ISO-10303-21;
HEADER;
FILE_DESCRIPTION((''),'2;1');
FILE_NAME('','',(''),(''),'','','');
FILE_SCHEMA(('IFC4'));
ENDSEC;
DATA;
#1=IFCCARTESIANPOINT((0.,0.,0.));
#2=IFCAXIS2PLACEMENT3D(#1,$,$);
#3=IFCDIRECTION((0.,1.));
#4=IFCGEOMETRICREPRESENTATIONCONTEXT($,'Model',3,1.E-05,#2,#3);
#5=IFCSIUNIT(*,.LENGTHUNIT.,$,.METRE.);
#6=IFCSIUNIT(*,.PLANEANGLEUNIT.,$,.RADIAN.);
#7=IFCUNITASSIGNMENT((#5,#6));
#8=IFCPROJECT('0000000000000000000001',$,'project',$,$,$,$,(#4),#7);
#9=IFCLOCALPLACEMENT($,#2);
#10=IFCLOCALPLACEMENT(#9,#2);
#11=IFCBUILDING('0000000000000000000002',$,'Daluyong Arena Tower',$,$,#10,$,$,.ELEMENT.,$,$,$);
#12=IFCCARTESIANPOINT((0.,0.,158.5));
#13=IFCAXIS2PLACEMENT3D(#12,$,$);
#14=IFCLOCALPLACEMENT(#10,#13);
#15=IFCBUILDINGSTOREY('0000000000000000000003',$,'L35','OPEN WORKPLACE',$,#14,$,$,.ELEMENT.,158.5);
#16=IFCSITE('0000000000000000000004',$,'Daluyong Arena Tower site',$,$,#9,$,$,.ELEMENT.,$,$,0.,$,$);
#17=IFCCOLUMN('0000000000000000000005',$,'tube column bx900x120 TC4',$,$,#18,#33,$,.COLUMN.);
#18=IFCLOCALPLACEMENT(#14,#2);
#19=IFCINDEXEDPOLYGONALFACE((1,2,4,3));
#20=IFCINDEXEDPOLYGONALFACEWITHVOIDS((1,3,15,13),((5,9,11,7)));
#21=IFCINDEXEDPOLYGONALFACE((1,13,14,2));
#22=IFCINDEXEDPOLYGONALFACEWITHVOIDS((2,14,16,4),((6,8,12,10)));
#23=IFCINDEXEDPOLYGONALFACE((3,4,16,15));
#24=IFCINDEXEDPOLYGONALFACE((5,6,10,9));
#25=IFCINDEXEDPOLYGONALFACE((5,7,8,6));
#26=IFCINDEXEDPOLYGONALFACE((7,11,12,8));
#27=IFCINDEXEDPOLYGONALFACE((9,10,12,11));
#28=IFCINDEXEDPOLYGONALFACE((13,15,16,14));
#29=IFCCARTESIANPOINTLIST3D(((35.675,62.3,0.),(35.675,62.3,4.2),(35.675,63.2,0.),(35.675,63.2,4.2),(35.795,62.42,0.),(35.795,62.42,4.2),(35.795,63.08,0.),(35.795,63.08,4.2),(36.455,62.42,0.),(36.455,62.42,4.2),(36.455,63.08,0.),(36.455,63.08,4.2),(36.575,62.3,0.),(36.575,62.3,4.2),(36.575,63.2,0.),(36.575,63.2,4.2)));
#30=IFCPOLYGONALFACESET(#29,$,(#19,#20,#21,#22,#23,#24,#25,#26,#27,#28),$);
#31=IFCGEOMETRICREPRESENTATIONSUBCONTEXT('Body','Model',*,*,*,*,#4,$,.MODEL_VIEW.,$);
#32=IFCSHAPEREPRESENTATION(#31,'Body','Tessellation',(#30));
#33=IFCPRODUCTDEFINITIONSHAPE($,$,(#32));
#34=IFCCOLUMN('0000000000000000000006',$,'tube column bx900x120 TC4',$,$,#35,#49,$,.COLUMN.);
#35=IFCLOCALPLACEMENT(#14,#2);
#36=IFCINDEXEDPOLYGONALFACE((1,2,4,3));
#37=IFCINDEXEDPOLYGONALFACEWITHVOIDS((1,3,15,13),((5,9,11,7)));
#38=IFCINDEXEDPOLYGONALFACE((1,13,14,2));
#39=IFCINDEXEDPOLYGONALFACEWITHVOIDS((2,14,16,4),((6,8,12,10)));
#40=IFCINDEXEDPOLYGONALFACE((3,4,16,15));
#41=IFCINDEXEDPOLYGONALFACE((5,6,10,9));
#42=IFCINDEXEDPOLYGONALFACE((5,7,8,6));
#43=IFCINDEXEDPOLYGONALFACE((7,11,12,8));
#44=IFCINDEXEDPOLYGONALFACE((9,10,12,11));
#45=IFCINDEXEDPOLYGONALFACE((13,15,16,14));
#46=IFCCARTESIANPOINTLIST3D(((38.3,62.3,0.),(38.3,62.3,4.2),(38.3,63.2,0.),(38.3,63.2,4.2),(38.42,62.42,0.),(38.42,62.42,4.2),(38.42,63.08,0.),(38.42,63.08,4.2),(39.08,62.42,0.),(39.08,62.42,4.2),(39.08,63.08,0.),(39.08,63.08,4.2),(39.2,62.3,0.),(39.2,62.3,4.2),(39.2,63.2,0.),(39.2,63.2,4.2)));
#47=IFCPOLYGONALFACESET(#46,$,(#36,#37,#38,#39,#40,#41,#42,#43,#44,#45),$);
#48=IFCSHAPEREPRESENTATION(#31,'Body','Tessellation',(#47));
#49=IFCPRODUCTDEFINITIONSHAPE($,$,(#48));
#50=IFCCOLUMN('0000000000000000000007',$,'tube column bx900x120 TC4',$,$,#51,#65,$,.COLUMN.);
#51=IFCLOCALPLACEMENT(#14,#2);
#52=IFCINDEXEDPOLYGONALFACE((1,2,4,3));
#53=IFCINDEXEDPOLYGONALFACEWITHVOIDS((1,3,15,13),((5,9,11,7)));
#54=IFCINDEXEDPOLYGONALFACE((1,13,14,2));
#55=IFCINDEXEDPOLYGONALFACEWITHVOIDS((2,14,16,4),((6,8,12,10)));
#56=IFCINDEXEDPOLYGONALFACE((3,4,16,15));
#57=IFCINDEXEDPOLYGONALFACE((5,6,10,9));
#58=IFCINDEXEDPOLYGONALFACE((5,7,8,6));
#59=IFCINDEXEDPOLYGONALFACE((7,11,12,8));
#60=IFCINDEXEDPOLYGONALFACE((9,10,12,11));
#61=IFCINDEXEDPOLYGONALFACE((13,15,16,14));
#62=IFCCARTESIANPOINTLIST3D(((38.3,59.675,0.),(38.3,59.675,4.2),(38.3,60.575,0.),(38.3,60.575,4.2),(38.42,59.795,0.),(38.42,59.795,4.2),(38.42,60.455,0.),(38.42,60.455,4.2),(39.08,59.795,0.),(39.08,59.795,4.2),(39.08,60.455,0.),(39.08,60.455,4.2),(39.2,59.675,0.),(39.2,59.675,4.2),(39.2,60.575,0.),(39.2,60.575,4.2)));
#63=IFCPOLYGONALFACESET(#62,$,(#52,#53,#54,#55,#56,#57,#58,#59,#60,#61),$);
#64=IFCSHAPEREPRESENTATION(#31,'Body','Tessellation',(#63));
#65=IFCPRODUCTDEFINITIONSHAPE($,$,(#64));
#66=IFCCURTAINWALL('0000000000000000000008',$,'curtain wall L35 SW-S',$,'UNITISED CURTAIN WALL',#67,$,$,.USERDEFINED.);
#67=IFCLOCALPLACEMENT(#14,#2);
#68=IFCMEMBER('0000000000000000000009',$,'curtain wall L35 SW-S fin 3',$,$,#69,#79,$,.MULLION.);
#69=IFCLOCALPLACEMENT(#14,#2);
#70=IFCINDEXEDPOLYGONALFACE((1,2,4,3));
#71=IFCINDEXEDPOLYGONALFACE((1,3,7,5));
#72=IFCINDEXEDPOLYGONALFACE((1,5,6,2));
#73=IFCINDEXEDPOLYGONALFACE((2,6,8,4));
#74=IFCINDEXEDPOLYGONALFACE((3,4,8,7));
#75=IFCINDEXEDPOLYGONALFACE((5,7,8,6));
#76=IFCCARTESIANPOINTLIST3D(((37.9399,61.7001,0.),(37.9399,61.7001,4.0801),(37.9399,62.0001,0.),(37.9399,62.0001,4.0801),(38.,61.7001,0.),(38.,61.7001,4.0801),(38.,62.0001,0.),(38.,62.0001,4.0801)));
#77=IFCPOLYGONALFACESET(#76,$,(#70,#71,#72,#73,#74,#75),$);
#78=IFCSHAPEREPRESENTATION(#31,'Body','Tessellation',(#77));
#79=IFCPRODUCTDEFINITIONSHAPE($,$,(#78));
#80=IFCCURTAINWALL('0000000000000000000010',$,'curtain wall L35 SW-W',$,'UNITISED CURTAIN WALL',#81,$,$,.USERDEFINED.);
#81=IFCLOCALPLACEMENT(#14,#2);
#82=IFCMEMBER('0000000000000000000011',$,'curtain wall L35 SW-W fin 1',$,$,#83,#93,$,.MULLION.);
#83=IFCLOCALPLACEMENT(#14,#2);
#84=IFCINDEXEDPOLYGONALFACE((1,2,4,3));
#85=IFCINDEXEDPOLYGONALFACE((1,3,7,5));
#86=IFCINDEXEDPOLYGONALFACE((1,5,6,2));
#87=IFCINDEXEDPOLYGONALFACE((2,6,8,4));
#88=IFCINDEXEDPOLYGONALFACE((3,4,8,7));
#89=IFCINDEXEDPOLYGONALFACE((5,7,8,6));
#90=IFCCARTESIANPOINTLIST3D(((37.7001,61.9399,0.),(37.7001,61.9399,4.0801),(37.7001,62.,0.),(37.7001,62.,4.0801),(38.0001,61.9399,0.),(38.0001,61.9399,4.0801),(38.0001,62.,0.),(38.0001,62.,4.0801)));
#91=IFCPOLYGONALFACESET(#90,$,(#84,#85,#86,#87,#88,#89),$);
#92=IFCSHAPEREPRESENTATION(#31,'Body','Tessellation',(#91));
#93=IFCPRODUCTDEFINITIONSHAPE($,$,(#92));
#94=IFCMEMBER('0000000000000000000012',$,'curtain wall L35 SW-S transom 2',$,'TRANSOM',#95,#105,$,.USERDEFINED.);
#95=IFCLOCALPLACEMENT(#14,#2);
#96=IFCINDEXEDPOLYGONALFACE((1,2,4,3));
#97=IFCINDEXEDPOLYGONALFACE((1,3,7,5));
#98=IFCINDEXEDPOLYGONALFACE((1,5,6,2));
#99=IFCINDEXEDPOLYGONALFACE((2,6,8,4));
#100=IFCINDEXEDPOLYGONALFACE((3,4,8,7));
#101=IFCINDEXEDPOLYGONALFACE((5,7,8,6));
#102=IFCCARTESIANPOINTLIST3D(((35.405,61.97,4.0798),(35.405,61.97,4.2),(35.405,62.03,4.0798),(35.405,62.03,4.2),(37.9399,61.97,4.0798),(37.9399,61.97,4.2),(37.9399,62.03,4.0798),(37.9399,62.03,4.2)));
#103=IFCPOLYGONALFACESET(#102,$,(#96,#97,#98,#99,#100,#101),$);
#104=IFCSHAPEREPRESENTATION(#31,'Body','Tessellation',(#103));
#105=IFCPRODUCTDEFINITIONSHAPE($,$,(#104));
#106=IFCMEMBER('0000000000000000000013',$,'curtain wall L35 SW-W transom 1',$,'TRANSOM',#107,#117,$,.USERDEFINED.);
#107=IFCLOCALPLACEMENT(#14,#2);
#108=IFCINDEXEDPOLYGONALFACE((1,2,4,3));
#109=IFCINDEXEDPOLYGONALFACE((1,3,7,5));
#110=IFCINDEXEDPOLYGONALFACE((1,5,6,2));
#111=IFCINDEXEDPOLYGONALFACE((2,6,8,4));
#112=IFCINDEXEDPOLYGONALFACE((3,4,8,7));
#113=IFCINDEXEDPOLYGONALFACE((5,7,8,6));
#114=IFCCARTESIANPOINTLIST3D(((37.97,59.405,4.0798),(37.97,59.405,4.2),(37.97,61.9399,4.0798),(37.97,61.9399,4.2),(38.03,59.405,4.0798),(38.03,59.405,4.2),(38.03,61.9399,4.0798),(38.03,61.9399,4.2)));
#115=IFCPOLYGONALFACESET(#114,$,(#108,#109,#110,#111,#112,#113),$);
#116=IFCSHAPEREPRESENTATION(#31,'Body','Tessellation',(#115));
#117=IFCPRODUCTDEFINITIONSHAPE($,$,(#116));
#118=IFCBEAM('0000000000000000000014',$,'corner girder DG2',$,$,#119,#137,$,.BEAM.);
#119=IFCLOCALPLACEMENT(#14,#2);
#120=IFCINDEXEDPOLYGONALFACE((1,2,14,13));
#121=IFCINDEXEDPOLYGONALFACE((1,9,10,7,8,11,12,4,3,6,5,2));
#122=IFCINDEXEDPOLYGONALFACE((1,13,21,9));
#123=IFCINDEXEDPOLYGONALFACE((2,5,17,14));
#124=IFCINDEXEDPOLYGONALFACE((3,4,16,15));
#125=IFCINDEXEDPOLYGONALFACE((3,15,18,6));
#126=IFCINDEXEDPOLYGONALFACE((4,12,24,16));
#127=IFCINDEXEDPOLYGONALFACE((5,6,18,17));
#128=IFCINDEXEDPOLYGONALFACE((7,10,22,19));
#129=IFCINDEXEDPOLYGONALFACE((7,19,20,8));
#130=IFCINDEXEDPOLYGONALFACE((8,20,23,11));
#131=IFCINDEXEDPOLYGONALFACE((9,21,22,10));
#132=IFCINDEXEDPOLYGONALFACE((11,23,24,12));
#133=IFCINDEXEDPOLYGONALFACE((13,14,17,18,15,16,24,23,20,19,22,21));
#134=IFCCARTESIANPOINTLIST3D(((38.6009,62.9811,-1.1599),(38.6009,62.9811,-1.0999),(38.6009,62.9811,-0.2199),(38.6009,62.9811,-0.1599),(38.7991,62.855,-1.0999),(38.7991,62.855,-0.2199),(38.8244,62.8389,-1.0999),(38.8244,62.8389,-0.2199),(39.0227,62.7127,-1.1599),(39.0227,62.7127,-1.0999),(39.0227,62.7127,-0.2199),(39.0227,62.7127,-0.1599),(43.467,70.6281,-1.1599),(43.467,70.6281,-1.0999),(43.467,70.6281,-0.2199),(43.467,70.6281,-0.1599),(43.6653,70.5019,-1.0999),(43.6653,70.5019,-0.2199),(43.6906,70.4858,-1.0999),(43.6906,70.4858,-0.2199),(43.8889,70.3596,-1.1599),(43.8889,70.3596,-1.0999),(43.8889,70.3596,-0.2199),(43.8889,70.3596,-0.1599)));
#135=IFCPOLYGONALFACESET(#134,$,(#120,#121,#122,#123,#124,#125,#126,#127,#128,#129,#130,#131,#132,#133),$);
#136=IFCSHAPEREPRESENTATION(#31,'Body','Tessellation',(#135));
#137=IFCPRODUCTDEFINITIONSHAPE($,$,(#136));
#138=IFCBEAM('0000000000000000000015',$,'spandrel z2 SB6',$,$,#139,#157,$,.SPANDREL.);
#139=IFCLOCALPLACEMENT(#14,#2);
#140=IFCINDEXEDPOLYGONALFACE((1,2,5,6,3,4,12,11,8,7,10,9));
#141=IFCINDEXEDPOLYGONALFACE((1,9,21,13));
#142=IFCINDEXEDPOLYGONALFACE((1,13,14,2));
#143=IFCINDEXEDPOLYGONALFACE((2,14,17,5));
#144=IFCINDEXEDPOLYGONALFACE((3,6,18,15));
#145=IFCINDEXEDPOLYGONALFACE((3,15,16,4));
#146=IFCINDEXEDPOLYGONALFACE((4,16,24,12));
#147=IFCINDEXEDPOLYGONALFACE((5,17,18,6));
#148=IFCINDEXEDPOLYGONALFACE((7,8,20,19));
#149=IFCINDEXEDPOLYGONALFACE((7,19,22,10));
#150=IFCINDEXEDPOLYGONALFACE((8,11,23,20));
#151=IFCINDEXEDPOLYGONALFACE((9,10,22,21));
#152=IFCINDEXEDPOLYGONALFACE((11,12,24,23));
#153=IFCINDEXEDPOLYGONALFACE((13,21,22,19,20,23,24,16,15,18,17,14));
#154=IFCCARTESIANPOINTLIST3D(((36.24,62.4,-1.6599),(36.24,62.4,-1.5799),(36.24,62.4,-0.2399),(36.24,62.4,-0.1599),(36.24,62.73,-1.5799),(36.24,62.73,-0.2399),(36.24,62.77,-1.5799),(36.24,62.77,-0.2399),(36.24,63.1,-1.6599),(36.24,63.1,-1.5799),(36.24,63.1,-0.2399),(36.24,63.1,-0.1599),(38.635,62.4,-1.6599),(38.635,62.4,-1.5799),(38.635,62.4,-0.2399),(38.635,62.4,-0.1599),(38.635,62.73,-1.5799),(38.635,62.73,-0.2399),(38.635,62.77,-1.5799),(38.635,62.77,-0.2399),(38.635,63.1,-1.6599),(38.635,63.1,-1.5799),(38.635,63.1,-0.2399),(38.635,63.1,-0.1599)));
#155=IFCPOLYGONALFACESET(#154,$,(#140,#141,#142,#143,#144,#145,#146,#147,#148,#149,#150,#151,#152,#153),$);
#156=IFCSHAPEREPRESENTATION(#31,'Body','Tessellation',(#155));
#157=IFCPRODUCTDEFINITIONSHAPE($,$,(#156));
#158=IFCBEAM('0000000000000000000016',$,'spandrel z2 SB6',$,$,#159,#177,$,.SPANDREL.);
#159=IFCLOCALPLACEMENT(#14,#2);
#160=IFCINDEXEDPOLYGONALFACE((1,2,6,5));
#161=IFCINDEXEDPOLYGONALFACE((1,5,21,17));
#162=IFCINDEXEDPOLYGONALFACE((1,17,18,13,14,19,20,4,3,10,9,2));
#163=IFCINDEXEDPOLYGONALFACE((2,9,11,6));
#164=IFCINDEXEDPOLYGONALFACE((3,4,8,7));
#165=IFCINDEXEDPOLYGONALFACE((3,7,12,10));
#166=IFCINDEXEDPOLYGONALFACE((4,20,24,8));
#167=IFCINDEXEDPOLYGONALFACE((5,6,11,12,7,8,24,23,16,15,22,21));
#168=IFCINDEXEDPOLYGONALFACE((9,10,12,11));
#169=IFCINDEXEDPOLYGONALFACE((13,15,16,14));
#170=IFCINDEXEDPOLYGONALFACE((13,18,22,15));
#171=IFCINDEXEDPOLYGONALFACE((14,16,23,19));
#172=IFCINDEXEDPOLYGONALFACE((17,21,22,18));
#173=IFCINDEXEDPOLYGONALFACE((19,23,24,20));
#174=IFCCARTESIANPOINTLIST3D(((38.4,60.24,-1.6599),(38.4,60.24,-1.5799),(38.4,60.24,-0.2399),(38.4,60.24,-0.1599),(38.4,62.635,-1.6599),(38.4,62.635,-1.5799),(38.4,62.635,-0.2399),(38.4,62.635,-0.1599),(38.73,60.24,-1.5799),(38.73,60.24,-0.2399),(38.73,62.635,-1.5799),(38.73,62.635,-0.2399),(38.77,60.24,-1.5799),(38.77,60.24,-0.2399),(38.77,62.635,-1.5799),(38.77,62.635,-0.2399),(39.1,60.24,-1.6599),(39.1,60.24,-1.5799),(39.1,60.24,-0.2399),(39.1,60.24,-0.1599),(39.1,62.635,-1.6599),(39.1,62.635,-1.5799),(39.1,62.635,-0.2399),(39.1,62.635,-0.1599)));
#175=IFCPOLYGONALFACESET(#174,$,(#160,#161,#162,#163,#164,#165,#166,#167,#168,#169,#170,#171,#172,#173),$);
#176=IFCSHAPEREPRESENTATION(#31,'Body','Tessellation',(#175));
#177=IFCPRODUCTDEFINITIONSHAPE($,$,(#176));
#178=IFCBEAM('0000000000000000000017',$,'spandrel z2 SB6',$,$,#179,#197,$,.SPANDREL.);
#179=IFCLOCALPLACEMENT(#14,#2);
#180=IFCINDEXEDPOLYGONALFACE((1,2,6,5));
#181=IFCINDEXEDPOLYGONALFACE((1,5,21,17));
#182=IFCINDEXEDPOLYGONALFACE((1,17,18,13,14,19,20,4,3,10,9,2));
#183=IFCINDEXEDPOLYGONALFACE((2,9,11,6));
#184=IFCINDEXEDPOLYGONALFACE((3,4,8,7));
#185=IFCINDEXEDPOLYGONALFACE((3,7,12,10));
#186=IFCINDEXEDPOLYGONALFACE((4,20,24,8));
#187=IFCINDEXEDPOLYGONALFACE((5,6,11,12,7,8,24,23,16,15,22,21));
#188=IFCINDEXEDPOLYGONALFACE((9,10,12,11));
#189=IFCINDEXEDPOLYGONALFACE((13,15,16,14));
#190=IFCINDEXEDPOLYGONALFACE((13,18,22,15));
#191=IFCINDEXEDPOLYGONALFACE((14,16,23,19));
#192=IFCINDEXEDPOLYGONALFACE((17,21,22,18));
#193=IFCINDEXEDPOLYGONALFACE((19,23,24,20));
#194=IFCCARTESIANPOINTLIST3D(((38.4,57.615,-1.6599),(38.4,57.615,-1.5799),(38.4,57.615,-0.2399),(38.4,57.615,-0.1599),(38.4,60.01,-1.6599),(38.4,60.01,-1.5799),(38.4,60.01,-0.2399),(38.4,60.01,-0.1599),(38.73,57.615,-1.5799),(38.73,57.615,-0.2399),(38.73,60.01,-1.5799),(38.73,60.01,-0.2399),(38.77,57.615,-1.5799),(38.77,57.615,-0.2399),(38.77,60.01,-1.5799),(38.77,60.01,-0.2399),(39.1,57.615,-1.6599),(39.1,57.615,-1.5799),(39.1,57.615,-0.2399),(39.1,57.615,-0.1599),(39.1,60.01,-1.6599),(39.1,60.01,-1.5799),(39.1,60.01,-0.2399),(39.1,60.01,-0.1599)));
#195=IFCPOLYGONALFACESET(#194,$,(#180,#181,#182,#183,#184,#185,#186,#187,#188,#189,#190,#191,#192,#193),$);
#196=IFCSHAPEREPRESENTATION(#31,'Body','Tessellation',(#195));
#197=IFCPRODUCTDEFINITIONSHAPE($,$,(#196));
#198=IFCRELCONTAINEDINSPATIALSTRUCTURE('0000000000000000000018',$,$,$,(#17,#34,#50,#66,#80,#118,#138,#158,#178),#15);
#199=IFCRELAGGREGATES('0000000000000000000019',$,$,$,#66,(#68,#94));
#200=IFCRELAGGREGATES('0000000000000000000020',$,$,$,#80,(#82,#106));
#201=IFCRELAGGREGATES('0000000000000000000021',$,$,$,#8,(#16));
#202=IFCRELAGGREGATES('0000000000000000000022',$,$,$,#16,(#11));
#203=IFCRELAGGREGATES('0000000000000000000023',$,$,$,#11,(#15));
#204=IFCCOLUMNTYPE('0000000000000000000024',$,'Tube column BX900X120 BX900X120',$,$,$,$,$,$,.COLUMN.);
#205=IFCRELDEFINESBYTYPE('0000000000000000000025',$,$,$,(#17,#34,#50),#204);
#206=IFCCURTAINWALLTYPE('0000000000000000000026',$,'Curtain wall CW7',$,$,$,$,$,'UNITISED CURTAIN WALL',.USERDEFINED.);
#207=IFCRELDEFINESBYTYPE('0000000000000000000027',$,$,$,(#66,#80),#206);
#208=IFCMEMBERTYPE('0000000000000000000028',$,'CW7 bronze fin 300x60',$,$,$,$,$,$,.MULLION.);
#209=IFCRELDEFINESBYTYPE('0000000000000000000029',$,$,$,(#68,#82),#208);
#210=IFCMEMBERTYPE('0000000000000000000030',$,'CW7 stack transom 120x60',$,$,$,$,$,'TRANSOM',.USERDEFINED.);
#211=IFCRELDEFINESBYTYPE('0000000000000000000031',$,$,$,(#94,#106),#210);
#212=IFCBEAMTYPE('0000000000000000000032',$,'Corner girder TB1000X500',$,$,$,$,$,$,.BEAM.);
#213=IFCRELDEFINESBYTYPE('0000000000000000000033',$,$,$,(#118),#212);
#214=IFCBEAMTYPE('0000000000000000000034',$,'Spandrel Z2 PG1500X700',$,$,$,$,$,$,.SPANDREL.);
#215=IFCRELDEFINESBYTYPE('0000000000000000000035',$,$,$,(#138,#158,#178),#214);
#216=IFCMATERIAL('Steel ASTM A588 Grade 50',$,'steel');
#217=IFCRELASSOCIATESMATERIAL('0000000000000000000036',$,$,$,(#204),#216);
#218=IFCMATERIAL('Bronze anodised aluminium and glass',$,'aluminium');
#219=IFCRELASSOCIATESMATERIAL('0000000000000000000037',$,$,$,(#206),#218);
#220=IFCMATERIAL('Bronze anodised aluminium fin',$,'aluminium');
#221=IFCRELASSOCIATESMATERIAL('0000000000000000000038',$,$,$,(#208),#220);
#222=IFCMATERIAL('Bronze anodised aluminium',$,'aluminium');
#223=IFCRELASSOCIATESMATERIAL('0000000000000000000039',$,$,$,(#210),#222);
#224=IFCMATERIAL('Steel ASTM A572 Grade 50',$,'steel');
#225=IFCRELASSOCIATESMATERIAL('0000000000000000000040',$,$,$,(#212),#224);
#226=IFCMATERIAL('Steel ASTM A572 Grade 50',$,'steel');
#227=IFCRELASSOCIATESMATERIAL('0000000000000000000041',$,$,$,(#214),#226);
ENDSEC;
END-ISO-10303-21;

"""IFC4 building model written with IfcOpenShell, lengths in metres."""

from ifc_helpers import new_model, si_unit, direction, frame, origin, origin_2d, place, context, subcontext, project, spatial, rectangle, hollow_rectangle, i_section, extrude, material, material_profile, profile_set, type_object, element, aggregate, save


model = new_model("IFC4")

# Units and contexts
model_context = context("Model", 3, precision=1e-05, world=origin(), true_north=direction((0.0, 1.0)))
body_context = subcontext(model_context, "Body", "Model", "MODEL_VIEW")
ifc_project = project(units=[si_unit("LENGTHUNIT", "METRE"), si_unit("PLANEANGLEUNIT", "RADIAN")], contexts=[model_context])

# Site, building, storey
site_placement = place(None, origin())
site = spatial("IfcSite", under=ifc_project, at=site_placement, Name="Daluyong Arena Tower site", CompositionType="ELEMENT", RefElevation=0.0)
building_placement = place(site_placement, origin())
building = spatial("IfcBuilding", under=site, at=building_placement, Name="Daluyong Arena Tower", CompositionType="ELEMENT")
storey_placement = place(building_placement, frame((0.0, 0.0, 158.5)))
storey = spatial("IfcBuildingStorey", under=building, at=storey_placement, Name="L35", Description="OPEN WORKPLACE", CompositionType="ELEMENT", Elevation=158.5)

# Columns
ifc_material_1 = material(Name="Steel ASTM A588 Grade 50", Category="steel")
ifc_material_profile_1 = material_profile(ifc_material_1, hollow_rectangle(XDim=0.8999, YDim=0.8999, WallThickness=0.12, at=origin_2d()))
ifc_profile_set_1 = profile_set([ifc_material_profile_1], Name="Steel ASTM A588 Grade 50")
column_type = type_object("IfcColumnType", Name="Tube column BX900X120 BX900X120", PredefinedType="COLUMN", material=ifc_profile_set_1)
for number, where, z_axis, x_axis, name in (
    (1, (36.125, 62.75, 0.0), (0.0, 0.0, 1.0), (1.0, 0.0, 0.0), "tube column bx900x120 TC4"),
    (2, (38.75, 62.75, 0.0), (0.0, 0.0, 1.0), (0.0, 1.0, 0.0), "tube column bx900x120 TC4"),
    (3, (38.75, 60.125, 0.0), (0.0, 0.0, 1.0), (0.0, 1.0, 0.0), "tube column bx900x120 TC4"),
):
    element("IfcColumn", number, at=place(storey_placement, frame(where, z_axis=z_axis, x_axis=x_axis)), inside=storey, type_object=column_type, Name=name, PredefinedType="COLUMN", context=body_context, shape_type="SweptSolid", body=[
        extrude(hollow_rectangle(XDim=0.8999, YDim=0.8999, WallThickness=0.12, at=origin_2d()), origin(), (0.0, 0.0, 1.0), 4.2),
    ])

# Curtain walls, members
ifc_material_2 = material(Name="Bronze anodised aluminium and glass", Category="aluminium")
curtain_wall_type = type_object("IfcCurtainWallType", Name="Curtain wall CW7", ElementType="UNITISED CURTAIN WALL", PredefinedType="USERDEFINED", material=ifc_material_2)
curtain_wall_1_placement = place(storey_placement, origin())
curtain_wall_1 = element("IfcCurtainWall", 4, at=curtain_wall_1_placement, inside=storey, type_object=curtain_wall_type, Name="curtain wall L35 SW-S", ObjectType="UNITISED CURTAIN WALL", PredefinedType="USERDEFINED")
ifc_material_3 = material(Name="Bronze anodised aluminium fin", Category="aluminium")
ifc_material_profile_2 = material_profile(ifc_material_3, rectangle(XDim=0.3, YDim=0.0601, at=origin_2d()))
ifc_profile_set_2 = profile_set([ifc_material_profile_2], Name="Bronze anodised aluminium fin")
member_type_1 = type_object("IfcMemberType", Name="CW7 bronze fin 300x60", PredefinedType="MULLION", material=ifc_profile_set_2)
member_1_placement = place(storey_placement, frame((37.97, 61.8501, 0.0), z_axis=(0.0, 0.0, 1.0), x_axis=(0.0, 1.0, 0.0)))
member_1 = element("IfcMember", 5, at=member_1_placement, type_object=member_type_1, Name="curtain wall L35 SW-S fin 3", PredefinedType="MULLION", context=body_context, shape_type="SweptSolid", body=[
    extrude(rectangle(XDim=0.3, YDim=0.0601, at=origin_2d()), origin(), (0.0, 0.0, 1.0), 4.0801),
])
curtain_wall_2_placement = place(storey_placement, origin())
curtain_wall_2 = element("IfcCurtainWall", 6, at=curtain_wall_2_placement, inside=storey, type_object=curtain_wall_type, Name="curtain wall L35 SW-W", ObjectType="UNITISED CURTAIN WALL", PredefinedType="USERDEFINED")
member_2_placement = place(storey_placement, frame((37.8501, 61.97, 0.0), z_axis=(0.0, 0.0, 1.0), x_axis=(1.0, 0.0, 0.0)))
member_2 = element("IfcMember", 7, at=member_2_placement, type_object=member_type_1, Name="curtain wall L35 SW-W fin 1", PredefinedType="MULLION", context=body_context, shape_type="SweptSolid", body=[
    extrude(rectangle(XDim=0.3, YDim=0.0601, at=origin_2d()), origin(), (0.0, 0.0, 1.0), 4.0801),
])

# Members
ifc_material_4 = material(Name="Bronze anodised aluminium", Category="aluminium")
ifc_material_profile_3 = material_profile(ifc_material_4, rectangle(XDim=0.0601, YDim=0.1201, at=origin_2d()))
ifc_profile_set_3 = profile_set([ifc_material_profile_3], Name="Bronze anodised aluminium")
member_type_2 = type_object("IfcMemberType", Name="CW7 stack transom 120x60", ElementType="TRANSOM", PredefinedType="USERDEFINED", material=ifc_profile_set_3)
member_3_placement = place(storey_placement, frame((35.405, 62.0, 4.1399), z_axis=(1.0, 0.0, 0.0), x_axis=(0.0, 1.0, 0.0)))
member_3 = element("IfcMember", 8, at=member_3_placement, type_object=member_type_2, Name="curtain wall L35 SW-S transom 2", ObjectType="TRANSOM", PredefinedType="USERDEFINED", context=body_context, shape_type="SweptSolid", body=[
    extrude(rectangle(XDim=0.0601, YDim=0.1201, at=origin_2d()), origin(), (0.0, 0.0, 1.0), 2.5349),
])
member_4_placement = place(storey_placement, frame((38.0, 61.9399, 4.1399), z_axis=(0.0, -1.0, 0.0), x_axis=(1.0, 0.0, 0.0)))
member_4 = element("IfcMember", 9, at=member_4_placement, type_object=member_type_2, Name="curtain wall L35 SW-W transom 1", ObjectType="TRANSOM", PredefinedType="USERDEFINED", context=body_context, shape_type="SweptSolid", body=[
    extrude(rectangle(XDim=0.0601, YDim=0.1201, at=origin_2d()), origin(), (0.0, 0.0, 1.0), 2.5349),
])

# Beams
ifc_material_5 = material(Name="Steel ASTM A572 Grade 50", Category="steel")
ifc_material_profile_4 = material_profile(ifc_material_5, i_section(OverallWidth=0.5, OverallDepth=1.0, WebThickness=0.03, FlangeThickness=0.06, at=origin_2d()))
ifc_profile_set_4 = profile_set([ifc_material_profile_4], Name="Steel ASTM A572 Grade 50")
beam_type_1 = type_object("IfcBeamType", Name="Corner girder TB1000X500", PredefinedType="BEAM", material=ifc_profile_set_4)
beam_placement = place(storey_placement, frame((38.8118, 62.8469, -0.6599), z_axis=(0.536872, 0.843664, 0.0), x_axis=(-0.843664, 0.536872, 0.0)))
element("IfcBeam", 10, at=beam_placement, inside=storey, type_object=beam_type_1, Name="corner girder DG2", PredefinedType="BEAM", context=body_context, shape_type="SweptSolid", body=[
    extrude(i_section(OverallWidth=0.5, OverallDepth=1.0, WebThickness=0.03, FlangeThickness=0.06, at=origin_2d()), origin(), (0.0, 0.0, 1.0), 9.064),
])
ifc_material_6 = material(Name="Steel ASTM A572 Grade 50", Category="steel")
ifc_material_profile_5 = material_profile(ifc_material_6, i_section(OverallWidth=0.7, OverallDepth=1.5, WebThickness=0.04, FlangeThickness=0.08, at=origin_2d()))
ifc_profile_set_5 = profile_set([ifc_material_profile_5], Name="Steel ASTM A572 Grade 50")
beam_type_2 = type_object("IfcBeamType", Name="Spandrel Z2 PG1500X700", PredefinedType="SPANDREL", material=ifc_profile_set_5)
for number, where, z_axis, x_axis, name in (
    (11, (36.24, 62.75, -0.9099), (1.0, 0.0, 0.0), (0.0, 1.0, 0.0), "spandrel z2 SB6"),
    (12, (38.75, 62.635, -0.9099), (0.0, -1.0, 0.0), (1.0, 0.0, 0.0), "spandrel z2 SB6"),
    (13, (38.75, 60.01, -0.9099), (0.0, -1.0, 0.0), (1.0, 0.0, 0.0), "spandrel z2 SB6"),
):
    element("IfcBeam", number, at=place(storey_placement, frame(where, z_axis=z_axis, x_axis=x_axis)), inside=storey, type_object=beam_type_2, Name=name, PredefinedType="SPANDREL", context=body_context, shape_type="SweptSolid", body=[
        extrude(i_section(OverallWidth=0.7, OverallDepth=1.5, WebThickness=0.04, FlangeThickness=0.08, at=origin_2d()), origin(), (0.0, 0.0, 1.0), 2.395),
    ])

aggregate(curtain_wall_1, [member_1, member_3])
aggregate(curtain_wall_2, [member_2, member_4])

save(model, "model.ifc")
